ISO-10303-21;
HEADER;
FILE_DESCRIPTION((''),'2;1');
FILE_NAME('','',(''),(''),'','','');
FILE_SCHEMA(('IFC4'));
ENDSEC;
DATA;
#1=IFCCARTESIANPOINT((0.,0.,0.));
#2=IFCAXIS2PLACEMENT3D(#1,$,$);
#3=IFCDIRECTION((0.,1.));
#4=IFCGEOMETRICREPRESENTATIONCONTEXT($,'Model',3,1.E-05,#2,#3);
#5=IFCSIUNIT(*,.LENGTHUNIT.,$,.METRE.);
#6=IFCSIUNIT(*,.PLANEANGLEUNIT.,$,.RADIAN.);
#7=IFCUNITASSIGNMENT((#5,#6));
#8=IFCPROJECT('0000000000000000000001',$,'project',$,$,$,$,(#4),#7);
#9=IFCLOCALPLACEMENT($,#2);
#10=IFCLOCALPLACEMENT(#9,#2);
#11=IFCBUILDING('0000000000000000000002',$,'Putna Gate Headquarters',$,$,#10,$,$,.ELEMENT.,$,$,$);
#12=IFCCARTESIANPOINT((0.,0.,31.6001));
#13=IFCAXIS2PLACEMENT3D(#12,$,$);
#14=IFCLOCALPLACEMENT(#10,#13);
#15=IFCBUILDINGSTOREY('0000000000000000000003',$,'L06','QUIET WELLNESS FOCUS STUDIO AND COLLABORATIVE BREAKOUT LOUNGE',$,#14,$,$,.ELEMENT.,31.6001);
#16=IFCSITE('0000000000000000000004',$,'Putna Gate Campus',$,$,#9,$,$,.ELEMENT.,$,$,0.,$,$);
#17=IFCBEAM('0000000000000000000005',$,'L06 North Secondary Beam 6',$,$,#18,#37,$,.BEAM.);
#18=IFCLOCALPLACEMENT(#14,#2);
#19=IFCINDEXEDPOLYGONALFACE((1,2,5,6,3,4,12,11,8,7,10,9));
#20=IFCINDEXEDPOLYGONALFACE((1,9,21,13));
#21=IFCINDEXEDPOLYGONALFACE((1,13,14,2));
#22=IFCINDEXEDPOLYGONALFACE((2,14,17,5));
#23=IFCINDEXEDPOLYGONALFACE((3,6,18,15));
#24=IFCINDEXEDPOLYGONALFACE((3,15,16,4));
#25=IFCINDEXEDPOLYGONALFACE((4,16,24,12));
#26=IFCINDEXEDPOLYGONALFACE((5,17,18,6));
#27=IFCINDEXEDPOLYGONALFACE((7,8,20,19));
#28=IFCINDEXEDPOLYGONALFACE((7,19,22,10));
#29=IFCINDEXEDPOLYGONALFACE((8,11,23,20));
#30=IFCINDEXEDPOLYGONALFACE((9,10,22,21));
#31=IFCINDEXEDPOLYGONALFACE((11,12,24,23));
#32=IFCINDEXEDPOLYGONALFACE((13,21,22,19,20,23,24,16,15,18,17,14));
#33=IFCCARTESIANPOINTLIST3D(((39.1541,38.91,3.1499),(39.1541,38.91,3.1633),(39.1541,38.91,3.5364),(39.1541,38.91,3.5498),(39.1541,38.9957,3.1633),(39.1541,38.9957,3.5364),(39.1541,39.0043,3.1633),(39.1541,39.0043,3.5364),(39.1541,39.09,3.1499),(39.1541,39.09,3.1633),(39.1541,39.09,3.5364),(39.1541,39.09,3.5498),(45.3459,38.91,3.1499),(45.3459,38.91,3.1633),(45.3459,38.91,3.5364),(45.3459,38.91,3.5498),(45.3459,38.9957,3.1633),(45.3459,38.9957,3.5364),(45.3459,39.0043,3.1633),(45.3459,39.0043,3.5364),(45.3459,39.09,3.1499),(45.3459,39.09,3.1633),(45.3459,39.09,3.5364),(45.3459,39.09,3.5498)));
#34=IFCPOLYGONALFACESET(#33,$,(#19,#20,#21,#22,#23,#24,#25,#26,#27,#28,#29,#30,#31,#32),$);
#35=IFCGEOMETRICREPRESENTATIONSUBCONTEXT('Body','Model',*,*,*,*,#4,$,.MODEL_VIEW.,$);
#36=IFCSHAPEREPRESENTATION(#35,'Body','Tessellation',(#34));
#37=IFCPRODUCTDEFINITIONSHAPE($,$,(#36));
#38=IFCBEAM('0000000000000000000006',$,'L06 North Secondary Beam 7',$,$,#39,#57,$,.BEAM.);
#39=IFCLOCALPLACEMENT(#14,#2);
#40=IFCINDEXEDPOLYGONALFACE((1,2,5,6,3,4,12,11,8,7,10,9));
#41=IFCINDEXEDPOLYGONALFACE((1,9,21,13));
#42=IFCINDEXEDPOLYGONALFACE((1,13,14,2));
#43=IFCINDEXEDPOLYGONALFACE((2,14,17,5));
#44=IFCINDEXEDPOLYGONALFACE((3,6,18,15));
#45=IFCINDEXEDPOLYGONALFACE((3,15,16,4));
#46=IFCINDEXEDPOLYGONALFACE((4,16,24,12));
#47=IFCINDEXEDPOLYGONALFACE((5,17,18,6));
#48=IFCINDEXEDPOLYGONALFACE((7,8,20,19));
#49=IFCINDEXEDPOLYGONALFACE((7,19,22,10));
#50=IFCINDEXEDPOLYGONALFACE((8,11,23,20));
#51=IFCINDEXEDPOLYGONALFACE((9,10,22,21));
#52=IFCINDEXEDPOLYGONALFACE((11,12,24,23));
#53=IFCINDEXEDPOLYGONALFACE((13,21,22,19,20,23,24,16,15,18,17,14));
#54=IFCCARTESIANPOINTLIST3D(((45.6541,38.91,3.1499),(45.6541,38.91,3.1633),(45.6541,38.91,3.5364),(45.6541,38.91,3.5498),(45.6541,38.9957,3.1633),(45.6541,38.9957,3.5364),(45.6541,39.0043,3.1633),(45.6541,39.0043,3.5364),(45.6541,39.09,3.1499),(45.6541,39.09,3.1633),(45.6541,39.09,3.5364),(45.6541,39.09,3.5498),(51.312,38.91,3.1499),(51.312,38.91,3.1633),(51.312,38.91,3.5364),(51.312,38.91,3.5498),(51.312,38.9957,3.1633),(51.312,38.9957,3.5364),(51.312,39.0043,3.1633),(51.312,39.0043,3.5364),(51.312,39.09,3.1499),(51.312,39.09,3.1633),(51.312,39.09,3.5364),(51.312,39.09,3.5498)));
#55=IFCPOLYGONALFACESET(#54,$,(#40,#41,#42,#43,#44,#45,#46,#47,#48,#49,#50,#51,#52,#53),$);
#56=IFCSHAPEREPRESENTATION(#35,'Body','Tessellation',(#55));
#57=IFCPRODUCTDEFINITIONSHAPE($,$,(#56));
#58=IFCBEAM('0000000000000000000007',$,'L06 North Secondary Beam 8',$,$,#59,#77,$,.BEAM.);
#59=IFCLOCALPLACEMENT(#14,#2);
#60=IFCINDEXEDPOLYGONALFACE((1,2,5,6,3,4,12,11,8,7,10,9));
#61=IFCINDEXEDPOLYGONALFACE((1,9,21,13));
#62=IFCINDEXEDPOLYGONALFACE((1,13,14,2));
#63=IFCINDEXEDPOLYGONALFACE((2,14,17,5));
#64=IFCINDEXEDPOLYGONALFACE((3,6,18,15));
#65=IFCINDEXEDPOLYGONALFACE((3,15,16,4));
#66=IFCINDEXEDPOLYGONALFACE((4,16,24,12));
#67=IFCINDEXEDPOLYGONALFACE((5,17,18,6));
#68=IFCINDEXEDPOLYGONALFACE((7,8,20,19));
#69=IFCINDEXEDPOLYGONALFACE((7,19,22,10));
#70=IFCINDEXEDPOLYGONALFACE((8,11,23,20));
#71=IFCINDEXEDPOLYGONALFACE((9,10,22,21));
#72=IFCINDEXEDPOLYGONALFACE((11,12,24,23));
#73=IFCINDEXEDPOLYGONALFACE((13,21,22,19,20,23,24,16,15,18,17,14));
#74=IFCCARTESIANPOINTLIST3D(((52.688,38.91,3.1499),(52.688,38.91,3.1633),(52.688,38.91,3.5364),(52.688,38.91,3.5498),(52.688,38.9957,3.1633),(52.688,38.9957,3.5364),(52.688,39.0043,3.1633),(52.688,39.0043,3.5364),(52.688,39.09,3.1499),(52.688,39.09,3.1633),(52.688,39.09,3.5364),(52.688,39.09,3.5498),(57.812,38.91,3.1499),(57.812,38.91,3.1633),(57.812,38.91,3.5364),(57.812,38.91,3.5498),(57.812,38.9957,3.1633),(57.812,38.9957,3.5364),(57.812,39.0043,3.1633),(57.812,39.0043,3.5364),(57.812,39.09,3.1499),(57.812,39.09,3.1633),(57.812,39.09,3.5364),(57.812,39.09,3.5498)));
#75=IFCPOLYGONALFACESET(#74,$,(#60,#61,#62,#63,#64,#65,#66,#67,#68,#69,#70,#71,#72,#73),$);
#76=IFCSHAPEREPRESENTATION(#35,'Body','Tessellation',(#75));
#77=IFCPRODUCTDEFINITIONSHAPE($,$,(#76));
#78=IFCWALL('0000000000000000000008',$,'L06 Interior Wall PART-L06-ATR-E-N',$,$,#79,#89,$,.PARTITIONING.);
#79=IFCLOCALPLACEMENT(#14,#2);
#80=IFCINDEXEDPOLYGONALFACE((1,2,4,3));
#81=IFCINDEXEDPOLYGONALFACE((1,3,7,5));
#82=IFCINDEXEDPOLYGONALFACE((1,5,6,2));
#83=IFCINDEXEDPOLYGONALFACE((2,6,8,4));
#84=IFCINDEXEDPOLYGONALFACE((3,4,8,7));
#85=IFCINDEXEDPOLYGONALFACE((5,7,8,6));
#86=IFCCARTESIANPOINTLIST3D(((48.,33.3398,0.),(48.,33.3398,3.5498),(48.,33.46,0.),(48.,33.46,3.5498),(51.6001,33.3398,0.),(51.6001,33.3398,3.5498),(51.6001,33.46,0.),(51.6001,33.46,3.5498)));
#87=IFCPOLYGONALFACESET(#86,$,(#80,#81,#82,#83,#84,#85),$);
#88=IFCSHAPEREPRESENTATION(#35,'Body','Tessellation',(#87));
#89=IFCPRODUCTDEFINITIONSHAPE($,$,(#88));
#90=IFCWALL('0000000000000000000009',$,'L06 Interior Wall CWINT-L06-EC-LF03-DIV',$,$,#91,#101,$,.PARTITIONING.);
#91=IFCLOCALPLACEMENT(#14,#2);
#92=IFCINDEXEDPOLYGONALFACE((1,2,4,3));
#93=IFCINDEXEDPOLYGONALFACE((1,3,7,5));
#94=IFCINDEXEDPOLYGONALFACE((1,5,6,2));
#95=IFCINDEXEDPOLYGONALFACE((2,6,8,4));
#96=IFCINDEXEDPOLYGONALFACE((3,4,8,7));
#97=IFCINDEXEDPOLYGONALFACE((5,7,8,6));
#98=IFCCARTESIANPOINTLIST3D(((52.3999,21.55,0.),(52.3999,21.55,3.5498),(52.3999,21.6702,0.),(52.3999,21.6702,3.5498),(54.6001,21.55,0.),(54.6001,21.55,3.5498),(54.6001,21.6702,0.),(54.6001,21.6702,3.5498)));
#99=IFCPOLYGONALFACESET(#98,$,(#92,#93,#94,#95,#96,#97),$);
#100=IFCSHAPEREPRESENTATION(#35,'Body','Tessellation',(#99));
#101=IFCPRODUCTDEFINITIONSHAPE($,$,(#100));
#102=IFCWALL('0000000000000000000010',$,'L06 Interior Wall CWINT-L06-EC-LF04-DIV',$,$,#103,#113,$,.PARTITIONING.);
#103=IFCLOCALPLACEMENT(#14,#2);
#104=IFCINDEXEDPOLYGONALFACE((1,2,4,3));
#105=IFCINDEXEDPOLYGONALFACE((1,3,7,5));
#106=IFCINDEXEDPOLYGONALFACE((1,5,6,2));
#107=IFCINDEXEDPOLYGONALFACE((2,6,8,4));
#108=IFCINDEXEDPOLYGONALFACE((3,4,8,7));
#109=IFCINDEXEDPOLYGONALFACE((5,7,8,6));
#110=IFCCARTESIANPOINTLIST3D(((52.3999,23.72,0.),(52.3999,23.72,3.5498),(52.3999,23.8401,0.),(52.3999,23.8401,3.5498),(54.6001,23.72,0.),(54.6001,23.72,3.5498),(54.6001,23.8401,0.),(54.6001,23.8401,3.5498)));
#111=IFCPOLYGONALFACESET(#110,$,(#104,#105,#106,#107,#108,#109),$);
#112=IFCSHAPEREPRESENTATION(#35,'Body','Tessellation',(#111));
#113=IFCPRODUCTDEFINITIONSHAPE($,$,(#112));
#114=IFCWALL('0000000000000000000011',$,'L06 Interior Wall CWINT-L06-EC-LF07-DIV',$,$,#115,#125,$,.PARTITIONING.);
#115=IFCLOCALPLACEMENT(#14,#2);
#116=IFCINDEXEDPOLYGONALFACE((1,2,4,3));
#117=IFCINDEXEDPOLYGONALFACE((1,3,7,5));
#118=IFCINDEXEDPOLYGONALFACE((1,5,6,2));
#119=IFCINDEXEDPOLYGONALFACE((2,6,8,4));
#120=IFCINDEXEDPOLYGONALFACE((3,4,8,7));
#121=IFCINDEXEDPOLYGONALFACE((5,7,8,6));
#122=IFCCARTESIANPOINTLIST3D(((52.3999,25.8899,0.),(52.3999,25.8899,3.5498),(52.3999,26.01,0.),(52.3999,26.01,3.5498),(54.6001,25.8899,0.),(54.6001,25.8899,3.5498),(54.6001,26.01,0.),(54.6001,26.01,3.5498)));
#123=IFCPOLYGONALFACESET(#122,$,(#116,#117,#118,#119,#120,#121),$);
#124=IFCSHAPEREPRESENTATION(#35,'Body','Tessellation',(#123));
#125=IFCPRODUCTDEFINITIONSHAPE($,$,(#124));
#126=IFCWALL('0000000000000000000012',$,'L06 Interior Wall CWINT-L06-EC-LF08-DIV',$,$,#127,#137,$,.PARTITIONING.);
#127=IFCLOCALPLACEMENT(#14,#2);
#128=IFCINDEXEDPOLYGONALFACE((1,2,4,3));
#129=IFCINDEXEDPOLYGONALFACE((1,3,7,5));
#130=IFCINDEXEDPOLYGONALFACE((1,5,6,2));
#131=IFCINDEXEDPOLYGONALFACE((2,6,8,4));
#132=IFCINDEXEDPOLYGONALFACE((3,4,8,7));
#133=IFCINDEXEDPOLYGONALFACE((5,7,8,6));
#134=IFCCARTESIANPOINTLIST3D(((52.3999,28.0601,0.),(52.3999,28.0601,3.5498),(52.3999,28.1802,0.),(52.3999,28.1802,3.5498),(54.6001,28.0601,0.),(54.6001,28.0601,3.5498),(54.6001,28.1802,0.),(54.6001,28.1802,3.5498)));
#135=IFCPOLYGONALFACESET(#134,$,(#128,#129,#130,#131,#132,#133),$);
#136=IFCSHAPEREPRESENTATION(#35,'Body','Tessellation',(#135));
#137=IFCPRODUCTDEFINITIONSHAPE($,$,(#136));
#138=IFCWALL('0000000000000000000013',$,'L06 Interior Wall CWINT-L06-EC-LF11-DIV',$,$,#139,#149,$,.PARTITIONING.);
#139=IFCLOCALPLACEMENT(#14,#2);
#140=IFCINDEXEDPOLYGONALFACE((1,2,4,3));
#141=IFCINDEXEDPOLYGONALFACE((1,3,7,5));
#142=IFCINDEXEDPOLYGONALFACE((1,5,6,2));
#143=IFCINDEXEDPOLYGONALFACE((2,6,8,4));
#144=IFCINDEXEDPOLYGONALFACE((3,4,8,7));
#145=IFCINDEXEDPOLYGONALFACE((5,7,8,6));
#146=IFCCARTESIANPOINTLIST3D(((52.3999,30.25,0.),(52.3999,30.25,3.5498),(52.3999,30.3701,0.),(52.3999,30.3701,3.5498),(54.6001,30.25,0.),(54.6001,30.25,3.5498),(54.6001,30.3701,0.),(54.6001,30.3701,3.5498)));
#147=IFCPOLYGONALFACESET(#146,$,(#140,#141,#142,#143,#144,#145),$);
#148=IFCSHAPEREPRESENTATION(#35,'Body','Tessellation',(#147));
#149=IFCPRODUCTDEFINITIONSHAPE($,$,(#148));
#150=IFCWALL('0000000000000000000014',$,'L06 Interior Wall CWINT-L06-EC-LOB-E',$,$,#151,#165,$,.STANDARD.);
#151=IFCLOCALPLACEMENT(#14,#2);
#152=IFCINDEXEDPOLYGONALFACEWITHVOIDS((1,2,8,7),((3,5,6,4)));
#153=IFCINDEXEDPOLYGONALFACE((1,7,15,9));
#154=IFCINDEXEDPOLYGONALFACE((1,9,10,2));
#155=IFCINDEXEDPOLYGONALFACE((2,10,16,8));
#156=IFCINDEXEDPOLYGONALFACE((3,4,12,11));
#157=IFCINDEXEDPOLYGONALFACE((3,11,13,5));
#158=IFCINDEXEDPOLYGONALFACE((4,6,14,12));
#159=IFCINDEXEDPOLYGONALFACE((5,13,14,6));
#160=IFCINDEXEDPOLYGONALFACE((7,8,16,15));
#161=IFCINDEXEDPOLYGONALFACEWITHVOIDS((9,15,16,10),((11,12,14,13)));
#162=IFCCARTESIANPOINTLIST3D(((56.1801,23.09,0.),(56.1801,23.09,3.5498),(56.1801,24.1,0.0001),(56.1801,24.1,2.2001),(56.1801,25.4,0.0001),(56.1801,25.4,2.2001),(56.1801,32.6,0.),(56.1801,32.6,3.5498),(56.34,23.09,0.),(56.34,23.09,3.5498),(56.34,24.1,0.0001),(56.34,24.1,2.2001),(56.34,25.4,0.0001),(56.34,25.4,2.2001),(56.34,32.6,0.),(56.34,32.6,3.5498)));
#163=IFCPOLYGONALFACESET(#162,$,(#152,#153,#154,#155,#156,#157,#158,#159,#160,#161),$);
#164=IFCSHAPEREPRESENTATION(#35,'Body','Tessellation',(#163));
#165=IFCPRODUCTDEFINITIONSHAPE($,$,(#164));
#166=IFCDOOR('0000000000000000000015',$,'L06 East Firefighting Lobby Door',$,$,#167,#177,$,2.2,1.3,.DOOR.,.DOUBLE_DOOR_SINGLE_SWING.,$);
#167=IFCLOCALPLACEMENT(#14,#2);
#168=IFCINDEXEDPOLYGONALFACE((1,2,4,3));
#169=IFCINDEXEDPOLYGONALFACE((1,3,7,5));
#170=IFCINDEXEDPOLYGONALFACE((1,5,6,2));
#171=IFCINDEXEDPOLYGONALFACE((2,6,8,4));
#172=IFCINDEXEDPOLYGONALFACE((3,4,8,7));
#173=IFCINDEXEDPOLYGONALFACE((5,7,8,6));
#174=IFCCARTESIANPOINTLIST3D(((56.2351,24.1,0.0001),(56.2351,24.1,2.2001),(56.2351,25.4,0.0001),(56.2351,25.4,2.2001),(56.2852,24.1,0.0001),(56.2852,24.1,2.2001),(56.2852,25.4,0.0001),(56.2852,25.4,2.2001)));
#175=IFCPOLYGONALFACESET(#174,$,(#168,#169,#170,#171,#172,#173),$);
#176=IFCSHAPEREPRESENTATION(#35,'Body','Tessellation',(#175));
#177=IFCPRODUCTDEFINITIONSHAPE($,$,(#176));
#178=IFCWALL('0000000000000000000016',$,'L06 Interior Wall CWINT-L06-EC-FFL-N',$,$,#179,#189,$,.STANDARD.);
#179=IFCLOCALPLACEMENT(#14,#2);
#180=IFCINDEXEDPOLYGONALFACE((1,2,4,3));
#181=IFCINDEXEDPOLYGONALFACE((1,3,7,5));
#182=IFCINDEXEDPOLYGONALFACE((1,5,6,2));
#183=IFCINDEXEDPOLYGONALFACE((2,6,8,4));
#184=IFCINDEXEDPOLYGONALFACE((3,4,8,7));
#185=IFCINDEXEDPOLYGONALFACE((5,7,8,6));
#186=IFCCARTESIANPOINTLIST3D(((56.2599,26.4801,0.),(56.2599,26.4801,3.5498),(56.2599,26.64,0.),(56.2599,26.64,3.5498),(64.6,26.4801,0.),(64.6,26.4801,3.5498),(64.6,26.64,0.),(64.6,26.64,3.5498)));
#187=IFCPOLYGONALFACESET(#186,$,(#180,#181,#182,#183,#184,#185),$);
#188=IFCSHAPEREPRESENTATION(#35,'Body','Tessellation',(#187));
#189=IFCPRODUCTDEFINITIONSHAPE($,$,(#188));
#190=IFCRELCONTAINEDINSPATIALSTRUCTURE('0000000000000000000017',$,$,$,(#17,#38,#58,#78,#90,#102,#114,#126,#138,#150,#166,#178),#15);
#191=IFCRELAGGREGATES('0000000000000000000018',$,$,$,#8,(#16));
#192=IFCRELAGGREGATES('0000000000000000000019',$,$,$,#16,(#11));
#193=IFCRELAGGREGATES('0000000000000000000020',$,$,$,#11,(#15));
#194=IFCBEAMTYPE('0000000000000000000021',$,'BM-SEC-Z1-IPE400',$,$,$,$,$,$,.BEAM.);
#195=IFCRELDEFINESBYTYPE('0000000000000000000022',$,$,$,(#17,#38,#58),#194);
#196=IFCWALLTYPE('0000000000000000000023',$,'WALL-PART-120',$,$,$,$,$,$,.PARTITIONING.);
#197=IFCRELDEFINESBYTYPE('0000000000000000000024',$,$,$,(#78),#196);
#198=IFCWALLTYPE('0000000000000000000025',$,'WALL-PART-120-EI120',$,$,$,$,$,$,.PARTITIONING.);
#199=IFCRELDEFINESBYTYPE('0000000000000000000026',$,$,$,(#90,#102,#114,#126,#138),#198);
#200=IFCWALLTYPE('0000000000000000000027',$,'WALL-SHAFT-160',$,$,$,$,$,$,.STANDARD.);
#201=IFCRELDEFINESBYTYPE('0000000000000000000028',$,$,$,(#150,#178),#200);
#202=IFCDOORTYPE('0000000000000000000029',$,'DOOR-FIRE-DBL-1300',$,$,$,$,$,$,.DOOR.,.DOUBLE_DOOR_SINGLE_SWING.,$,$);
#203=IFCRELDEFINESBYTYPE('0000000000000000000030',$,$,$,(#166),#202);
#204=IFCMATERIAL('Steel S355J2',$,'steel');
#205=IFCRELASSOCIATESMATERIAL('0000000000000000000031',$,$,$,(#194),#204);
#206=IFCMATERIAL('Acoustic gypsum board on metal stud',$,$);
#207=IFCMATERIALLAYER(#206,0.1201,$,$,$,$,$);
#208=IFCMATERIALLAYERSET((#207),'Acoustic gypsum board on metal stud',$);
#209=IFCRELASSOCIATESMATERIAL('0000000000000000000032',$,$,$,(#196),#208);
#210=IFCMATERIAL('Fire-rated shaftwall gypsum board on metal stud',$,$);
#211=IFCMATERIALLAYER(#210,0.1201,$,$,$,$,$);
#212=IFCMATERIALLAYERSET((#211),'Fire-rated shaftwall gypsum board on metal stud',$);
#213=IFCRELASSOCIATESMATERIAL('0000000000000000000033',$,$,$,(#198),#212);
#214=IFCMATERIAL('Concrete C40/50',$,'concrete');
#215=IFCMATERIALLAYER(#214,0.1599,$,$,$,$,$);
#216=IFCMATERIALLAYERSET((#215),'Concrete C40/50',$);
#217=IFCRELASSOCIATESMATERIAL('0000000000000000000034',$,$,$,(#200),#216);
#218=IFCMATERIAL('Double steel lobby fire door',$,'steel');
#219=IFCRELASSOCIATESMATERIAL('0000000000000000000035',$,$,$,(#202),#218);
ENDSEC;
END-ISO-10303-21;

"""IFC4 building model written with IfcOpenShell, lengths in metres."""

from ifc_helpers import new_model, si_unit, direction, frame, frame_2d, origin, origin_2d, place, context, subcontext, project, spatial, rectangle, i_section, extrude, material, layer, layer_set, material_profile, profile_set, type_object, element, fill, save


model = new_model("IFC4")

# Units and contexts
model_context = context("Model", 3, precision=1e-05, world=origin(), true_north=direction((0.0, 1.0)))
body_context = subcontext(model_context, "Body", "Model", "MODEL_VIEW")
ifc_project = project(units=[si_unit("LENGTHUNIT", "METRE"), si_unit("PLANEANGLEUNIT", "RADIAN")], contexts=[model_context])

# Site, building, storey
site_placement = place(None, origin())
site = spatial("IfcSite", under=ifc_project, at=site_placement, Name="Putna Gate Campus", CompositionType="ELEMENT", RefElevation=0.0)
building_placement = place(site_placement, origin())
building = spatial("IfcBuilding", under=site, at=building_placement, Name="Putna Gate Headquarters", CompositionType="ELEMENT")
storey_placement = place(building_placement, frame((0.0, 0.0, 31.6001)))
storey = spatial("IfcBuildingStorey", under=building, at=storey_placement, Name="L06", Description="QUIET WELLNESS FOCUS STUDIO AND COLLABORATIVE BREAKOUT LOUNGE", CompositionType="ELEMENT", Elevation=31.6001)

# Beams
ifc_material_1 = material(Name="Steel S355J2", Category="steel")
ifc_material_profile_1 = material_profile(ifc_material_1, i_section(OverallWidth=0.1799, OverallDepth=0.3999, WebThickness=0.0085, FlangeThickness=0.0134, at=origin_2d()), Name="Steel S355J2")
ifc_profile_set_1 = profile_set([ifc_material_profile_1], Name="Steel S355J2")
beam_type_1 = type_object("IfcBeamType", Name="BM-SEC-Z1-IPE400", PredefinedType="BEAM", material=ifc_profile_set_1)
beam_1_placement = place(storey_placement, frame((39.1541, 39.0, 3.3499), z_axis=(1.0, 0.0, 0.0), x_axis=(0.0, 1.0, 0.0)))
element("IfcBeam", 1, at=beam_1_placement, inside=storey, type_object=beam_type_1, Name="L06 North Secondary Beam 6", PredefinedType="BEAM", context=body_context, shape_type="SweptSolid", body=[
    extrude(i_section(OverallWidth=0.1799, OverallDepth=0.3999, WebThickness=0.0085, FlangeThickness=0.0134, at=origin_2d()), origin(), (0.0, 0.0, 1.0), 6.1919),
])
beam_2_placement = place(storey_placement, frame((45.6541, 39.0, 3.3499), z_axis=(1.0, 0.0, 0.0), x_axis=(0.0, 1.0, 0.0)))
element("IfcBeam", 2, at=beam_2_placement, inside=storey, type_object=beam_type_1, Name="L06 North Secondary Beam 7", PredefinedType="BEAM", context=body_context, shape_type="SweptSolid", body=[
    extrude(i_section(OverallWidth=0.1799, OverallDepth=0.3999, WebThickness=0.0085, FlangeThickness=0.0134, at=origin_2d()), origin(), (0.0, 0.0, 1.0), 5.658),
])
beam_3_placement = place(storey_placement, frame((52.688, 39.0, 3.3499), z_axis=(1.0, 0.0, 0.0), x_axis=(0.0, 1.0, 0.0)))
element("IfcBeam", 3, at=beam_3_placement, inside=storey, type_object=beam_type_1, Name="L06 North Secondary Beam 8", PredefinedType="BEAM", context=body_context, shape_type="SweptSolid", body=[
    extrude(i_section(OverallWidth=0.1799, OverallDepth=0.3999, WebThickness=0.0085, FlangeThickness=0.0134, at=origin_2d()), origin(), (0.0, 0.0, 1.0), 5.124),
])

# Walls
ifc_material_2 = material(Name="Acoustic gypsum board on metal stud")
ifc_layer_1 = layer(ifc_material_2, 0.1201)
ifc_layer_set_1 = layer_set([ifc_layer_1], Name="Acoustic gypsum board on metal stud")
wall_type_1 = type_object("IfcWallType", Name="WALL-PART-120", PredefinedType="PARTITIONING", material=ifc_layer_set_1)
wall_1_placement = place(storey_placement, frame((48.0, 33.3999, 0.0), z_axis=(0.0, 0.0, 1.0), x_axis=(1.0, 0.0, 0.0)))
element("IfcWall", 4, at=wall_1_placement, inside=storey, type_object=wall_type_1, Name="L06 Interior Wall PART-L06-ATR-E-N", PredefinedType="PARTITIONING", context=body_context, shape_type="SweptSolid", body=[
    extrude(rectangle(XDim=3.6001, YDim=0.1201, at=frame_2d((1.8, 0.0))), origin(), (0.0, 0.0, 1.0), 3.5498),
])
ifc_material_3 = material(Name="Fire-rated shaftwall gypsum board on metal stud")
ifc_layer_2 = layer(ifc_material_3, 0.1201)
ifc_layer_set_2 = layer_set([ifc_layer_2], Name="Fire-rated shaftwall gypsum board on metal stud")
wall_type_2 = type_object("IfcWallType", Name="WALL-PART-120-EI120", PredefinedType="PARTITIONING", material=ifc_layer_set_2)
for number, where, z_axis, x_axis, name in (
    (5, (52.3999, 21.6101, 0.0), (0.0, 0.0, 1.0), (1.0, 0.0, 0.0), "L06 Interior Wall CWINT-L06-EC-LF03-DIV"),
    (6, (52.3999, 23.78, 0.0), (0.0, 0.0, 1.0), (1.0, 0.0, 0.0), "L06 Interior Wall CWINT-L06-EC-LF04-DIV"),
    (7, (52.3999, 25.95, 0.0), (0.0, 0.0, 1.0), (1.0, 0.0, 0.0), "L06 Interior Wall CWINT-L06-EC-LF07-DIV"),
    (8, (52.3999, 28.1201, 0.0), (0.0, 0.0, 1.0), (1.0, 0.0, 0.0), "L06 Interior Wall CWINT-L06-EC-LF08-DIV"),
    (9, (52.3999, 30.3101, 0.0), (0.0, 0.0, 1.0), (1.0, 0.0, 0.0), "L06 Interior Wall CWINT-L06-EC-LF11-DIV"),
):
    element("IfcWall", number, at=place(storey_placement, frame(where, z_axis=z_axis, x_axis=x_axis)), inside=storey, type_object=wall_type_2, Name=name, PredefinedType="PARTITIONING", context=body_context, shape_type="SweptSolid", body=[
        extrude(rectangle(XDim=2.2002, YDim=0.1201, at=frame_2d((1.1001, 0.0))), origin(), (0.0, 0.0, 1.0), 3.5498),
    ])

# Wall, opening, door
ifc_material_4 = material(Name="Concrete C40/50", Category="concrete")
ifc_layer_3 = layer(ifc_material_4, 0.1599)
ifc_layer_set_3 = layer_set([ifc_layer_3], Name="Concrete C40/50")
wall_type_3 = type_object("IfcWallType", Name="WALL-SHAFT-160", PredefinedType="STANDARD", material=ifc_layer_set_3)
wall_2_placement = place(storey_placement, frame((56.26, 23.0901, 0.0), z_axis=(0.0, 0.0, 1.0), x_axis=(0.0, 1.0, 0.0)))
wall_2 = element("IfcWall", 10, at=wall_2_placement, inside=storey, type_object=wall_type_3, Name="L06 Interior Wall CWINT-L06-EC-LOB-E", PredefinedType="STANDARD", context=body_context, shape_type="SweptSolid", body=[
    extrude(rectangle(XDim=9.51, YDim=0.1599, at=frame_2d((4.7549, 0.0))), origin(), (0.0, 0.0, 1.0), 3.5498),
])
opening_1_placement = place(wall_2_placement, frame((1.01, 0.0, 0.0)))
opening_1 = element("IfcOpeningElement", 11, at=opening_1_placement, cuts=wall_2, PredefinedType="OPENING", context=body_context, shape_type="SweptSolid", body=[
    extrude(rectangle(XDim=1.3, YDim=2.2, at=frame_2d((0.6499, 1.1001))), frame((0.0, 0.0898, 0.0), z_axis=(0.0, -1.0, 0.0), x_axis=(1.0, 0.0, 0.0)), (0.0, 0.0, 1.0), 0.1799),
])
ifc_material_5 = material(Name="Double steel lobby fire door", Category="steel")
door_type_1 = type_object("IfcDoorType", Name="DOOR-FIRE-DBL-1300", OperationType="DOUBLE_DOOR_SINGLE_SWING", PredefinedType="DOOR", material=ifc_material_5)
door_1_placement = place(opening_1_placement, origin())
door_1 = element("IfcDoor", 12, at=door_1_placement, inside=storey, type_object=door_type_1, Name="L06 East Firefighting Lobby Door", OperationType="DOUBLE_DOOR_SINGLE_SWING", OverallHeight=2.2, OverallWidth=1.3, PredefinedType="DOOR", context=body_context, shape_type="SweptSolid", body=[
    extrude(rectangle(XDim=1.3, YDim=2.2, at=frame_2d((0.6499, 1.1001))), frame((0.0, 0.0249, 0.0), z_axis=(0.0, -1.0, 0.0), x_axis=(1.0, 0.0, 0.0)), (0.0, 0.0, 1.0), 0.05),
])
fill(opening_1, door_1)

# Wall
wall_3_placement = place(storey_placement, frame((56.26, 26.5601, 0.0), z_axis=(0.0, 0.0, 1.0), x_axis=(1.0, 0.0, 0.0)))
element("IfcWall", 13, at=wall_3_placement, inside=storey, type_object=wall_type_3, Name="L06 Interior Wall CWINT-L06-EC-FFL-N", PredefinedType="STANDARD", context=body_context, shape_type="SweptSolid", body=[
    extrude(rectangle(XDim=8.3401, YDim=0.1599, at=frame_2d((4.1699, 0.0))), origin(), (0.0, 0.0, 1.0), 3.5498),
])

save(model, "model.ifc")
